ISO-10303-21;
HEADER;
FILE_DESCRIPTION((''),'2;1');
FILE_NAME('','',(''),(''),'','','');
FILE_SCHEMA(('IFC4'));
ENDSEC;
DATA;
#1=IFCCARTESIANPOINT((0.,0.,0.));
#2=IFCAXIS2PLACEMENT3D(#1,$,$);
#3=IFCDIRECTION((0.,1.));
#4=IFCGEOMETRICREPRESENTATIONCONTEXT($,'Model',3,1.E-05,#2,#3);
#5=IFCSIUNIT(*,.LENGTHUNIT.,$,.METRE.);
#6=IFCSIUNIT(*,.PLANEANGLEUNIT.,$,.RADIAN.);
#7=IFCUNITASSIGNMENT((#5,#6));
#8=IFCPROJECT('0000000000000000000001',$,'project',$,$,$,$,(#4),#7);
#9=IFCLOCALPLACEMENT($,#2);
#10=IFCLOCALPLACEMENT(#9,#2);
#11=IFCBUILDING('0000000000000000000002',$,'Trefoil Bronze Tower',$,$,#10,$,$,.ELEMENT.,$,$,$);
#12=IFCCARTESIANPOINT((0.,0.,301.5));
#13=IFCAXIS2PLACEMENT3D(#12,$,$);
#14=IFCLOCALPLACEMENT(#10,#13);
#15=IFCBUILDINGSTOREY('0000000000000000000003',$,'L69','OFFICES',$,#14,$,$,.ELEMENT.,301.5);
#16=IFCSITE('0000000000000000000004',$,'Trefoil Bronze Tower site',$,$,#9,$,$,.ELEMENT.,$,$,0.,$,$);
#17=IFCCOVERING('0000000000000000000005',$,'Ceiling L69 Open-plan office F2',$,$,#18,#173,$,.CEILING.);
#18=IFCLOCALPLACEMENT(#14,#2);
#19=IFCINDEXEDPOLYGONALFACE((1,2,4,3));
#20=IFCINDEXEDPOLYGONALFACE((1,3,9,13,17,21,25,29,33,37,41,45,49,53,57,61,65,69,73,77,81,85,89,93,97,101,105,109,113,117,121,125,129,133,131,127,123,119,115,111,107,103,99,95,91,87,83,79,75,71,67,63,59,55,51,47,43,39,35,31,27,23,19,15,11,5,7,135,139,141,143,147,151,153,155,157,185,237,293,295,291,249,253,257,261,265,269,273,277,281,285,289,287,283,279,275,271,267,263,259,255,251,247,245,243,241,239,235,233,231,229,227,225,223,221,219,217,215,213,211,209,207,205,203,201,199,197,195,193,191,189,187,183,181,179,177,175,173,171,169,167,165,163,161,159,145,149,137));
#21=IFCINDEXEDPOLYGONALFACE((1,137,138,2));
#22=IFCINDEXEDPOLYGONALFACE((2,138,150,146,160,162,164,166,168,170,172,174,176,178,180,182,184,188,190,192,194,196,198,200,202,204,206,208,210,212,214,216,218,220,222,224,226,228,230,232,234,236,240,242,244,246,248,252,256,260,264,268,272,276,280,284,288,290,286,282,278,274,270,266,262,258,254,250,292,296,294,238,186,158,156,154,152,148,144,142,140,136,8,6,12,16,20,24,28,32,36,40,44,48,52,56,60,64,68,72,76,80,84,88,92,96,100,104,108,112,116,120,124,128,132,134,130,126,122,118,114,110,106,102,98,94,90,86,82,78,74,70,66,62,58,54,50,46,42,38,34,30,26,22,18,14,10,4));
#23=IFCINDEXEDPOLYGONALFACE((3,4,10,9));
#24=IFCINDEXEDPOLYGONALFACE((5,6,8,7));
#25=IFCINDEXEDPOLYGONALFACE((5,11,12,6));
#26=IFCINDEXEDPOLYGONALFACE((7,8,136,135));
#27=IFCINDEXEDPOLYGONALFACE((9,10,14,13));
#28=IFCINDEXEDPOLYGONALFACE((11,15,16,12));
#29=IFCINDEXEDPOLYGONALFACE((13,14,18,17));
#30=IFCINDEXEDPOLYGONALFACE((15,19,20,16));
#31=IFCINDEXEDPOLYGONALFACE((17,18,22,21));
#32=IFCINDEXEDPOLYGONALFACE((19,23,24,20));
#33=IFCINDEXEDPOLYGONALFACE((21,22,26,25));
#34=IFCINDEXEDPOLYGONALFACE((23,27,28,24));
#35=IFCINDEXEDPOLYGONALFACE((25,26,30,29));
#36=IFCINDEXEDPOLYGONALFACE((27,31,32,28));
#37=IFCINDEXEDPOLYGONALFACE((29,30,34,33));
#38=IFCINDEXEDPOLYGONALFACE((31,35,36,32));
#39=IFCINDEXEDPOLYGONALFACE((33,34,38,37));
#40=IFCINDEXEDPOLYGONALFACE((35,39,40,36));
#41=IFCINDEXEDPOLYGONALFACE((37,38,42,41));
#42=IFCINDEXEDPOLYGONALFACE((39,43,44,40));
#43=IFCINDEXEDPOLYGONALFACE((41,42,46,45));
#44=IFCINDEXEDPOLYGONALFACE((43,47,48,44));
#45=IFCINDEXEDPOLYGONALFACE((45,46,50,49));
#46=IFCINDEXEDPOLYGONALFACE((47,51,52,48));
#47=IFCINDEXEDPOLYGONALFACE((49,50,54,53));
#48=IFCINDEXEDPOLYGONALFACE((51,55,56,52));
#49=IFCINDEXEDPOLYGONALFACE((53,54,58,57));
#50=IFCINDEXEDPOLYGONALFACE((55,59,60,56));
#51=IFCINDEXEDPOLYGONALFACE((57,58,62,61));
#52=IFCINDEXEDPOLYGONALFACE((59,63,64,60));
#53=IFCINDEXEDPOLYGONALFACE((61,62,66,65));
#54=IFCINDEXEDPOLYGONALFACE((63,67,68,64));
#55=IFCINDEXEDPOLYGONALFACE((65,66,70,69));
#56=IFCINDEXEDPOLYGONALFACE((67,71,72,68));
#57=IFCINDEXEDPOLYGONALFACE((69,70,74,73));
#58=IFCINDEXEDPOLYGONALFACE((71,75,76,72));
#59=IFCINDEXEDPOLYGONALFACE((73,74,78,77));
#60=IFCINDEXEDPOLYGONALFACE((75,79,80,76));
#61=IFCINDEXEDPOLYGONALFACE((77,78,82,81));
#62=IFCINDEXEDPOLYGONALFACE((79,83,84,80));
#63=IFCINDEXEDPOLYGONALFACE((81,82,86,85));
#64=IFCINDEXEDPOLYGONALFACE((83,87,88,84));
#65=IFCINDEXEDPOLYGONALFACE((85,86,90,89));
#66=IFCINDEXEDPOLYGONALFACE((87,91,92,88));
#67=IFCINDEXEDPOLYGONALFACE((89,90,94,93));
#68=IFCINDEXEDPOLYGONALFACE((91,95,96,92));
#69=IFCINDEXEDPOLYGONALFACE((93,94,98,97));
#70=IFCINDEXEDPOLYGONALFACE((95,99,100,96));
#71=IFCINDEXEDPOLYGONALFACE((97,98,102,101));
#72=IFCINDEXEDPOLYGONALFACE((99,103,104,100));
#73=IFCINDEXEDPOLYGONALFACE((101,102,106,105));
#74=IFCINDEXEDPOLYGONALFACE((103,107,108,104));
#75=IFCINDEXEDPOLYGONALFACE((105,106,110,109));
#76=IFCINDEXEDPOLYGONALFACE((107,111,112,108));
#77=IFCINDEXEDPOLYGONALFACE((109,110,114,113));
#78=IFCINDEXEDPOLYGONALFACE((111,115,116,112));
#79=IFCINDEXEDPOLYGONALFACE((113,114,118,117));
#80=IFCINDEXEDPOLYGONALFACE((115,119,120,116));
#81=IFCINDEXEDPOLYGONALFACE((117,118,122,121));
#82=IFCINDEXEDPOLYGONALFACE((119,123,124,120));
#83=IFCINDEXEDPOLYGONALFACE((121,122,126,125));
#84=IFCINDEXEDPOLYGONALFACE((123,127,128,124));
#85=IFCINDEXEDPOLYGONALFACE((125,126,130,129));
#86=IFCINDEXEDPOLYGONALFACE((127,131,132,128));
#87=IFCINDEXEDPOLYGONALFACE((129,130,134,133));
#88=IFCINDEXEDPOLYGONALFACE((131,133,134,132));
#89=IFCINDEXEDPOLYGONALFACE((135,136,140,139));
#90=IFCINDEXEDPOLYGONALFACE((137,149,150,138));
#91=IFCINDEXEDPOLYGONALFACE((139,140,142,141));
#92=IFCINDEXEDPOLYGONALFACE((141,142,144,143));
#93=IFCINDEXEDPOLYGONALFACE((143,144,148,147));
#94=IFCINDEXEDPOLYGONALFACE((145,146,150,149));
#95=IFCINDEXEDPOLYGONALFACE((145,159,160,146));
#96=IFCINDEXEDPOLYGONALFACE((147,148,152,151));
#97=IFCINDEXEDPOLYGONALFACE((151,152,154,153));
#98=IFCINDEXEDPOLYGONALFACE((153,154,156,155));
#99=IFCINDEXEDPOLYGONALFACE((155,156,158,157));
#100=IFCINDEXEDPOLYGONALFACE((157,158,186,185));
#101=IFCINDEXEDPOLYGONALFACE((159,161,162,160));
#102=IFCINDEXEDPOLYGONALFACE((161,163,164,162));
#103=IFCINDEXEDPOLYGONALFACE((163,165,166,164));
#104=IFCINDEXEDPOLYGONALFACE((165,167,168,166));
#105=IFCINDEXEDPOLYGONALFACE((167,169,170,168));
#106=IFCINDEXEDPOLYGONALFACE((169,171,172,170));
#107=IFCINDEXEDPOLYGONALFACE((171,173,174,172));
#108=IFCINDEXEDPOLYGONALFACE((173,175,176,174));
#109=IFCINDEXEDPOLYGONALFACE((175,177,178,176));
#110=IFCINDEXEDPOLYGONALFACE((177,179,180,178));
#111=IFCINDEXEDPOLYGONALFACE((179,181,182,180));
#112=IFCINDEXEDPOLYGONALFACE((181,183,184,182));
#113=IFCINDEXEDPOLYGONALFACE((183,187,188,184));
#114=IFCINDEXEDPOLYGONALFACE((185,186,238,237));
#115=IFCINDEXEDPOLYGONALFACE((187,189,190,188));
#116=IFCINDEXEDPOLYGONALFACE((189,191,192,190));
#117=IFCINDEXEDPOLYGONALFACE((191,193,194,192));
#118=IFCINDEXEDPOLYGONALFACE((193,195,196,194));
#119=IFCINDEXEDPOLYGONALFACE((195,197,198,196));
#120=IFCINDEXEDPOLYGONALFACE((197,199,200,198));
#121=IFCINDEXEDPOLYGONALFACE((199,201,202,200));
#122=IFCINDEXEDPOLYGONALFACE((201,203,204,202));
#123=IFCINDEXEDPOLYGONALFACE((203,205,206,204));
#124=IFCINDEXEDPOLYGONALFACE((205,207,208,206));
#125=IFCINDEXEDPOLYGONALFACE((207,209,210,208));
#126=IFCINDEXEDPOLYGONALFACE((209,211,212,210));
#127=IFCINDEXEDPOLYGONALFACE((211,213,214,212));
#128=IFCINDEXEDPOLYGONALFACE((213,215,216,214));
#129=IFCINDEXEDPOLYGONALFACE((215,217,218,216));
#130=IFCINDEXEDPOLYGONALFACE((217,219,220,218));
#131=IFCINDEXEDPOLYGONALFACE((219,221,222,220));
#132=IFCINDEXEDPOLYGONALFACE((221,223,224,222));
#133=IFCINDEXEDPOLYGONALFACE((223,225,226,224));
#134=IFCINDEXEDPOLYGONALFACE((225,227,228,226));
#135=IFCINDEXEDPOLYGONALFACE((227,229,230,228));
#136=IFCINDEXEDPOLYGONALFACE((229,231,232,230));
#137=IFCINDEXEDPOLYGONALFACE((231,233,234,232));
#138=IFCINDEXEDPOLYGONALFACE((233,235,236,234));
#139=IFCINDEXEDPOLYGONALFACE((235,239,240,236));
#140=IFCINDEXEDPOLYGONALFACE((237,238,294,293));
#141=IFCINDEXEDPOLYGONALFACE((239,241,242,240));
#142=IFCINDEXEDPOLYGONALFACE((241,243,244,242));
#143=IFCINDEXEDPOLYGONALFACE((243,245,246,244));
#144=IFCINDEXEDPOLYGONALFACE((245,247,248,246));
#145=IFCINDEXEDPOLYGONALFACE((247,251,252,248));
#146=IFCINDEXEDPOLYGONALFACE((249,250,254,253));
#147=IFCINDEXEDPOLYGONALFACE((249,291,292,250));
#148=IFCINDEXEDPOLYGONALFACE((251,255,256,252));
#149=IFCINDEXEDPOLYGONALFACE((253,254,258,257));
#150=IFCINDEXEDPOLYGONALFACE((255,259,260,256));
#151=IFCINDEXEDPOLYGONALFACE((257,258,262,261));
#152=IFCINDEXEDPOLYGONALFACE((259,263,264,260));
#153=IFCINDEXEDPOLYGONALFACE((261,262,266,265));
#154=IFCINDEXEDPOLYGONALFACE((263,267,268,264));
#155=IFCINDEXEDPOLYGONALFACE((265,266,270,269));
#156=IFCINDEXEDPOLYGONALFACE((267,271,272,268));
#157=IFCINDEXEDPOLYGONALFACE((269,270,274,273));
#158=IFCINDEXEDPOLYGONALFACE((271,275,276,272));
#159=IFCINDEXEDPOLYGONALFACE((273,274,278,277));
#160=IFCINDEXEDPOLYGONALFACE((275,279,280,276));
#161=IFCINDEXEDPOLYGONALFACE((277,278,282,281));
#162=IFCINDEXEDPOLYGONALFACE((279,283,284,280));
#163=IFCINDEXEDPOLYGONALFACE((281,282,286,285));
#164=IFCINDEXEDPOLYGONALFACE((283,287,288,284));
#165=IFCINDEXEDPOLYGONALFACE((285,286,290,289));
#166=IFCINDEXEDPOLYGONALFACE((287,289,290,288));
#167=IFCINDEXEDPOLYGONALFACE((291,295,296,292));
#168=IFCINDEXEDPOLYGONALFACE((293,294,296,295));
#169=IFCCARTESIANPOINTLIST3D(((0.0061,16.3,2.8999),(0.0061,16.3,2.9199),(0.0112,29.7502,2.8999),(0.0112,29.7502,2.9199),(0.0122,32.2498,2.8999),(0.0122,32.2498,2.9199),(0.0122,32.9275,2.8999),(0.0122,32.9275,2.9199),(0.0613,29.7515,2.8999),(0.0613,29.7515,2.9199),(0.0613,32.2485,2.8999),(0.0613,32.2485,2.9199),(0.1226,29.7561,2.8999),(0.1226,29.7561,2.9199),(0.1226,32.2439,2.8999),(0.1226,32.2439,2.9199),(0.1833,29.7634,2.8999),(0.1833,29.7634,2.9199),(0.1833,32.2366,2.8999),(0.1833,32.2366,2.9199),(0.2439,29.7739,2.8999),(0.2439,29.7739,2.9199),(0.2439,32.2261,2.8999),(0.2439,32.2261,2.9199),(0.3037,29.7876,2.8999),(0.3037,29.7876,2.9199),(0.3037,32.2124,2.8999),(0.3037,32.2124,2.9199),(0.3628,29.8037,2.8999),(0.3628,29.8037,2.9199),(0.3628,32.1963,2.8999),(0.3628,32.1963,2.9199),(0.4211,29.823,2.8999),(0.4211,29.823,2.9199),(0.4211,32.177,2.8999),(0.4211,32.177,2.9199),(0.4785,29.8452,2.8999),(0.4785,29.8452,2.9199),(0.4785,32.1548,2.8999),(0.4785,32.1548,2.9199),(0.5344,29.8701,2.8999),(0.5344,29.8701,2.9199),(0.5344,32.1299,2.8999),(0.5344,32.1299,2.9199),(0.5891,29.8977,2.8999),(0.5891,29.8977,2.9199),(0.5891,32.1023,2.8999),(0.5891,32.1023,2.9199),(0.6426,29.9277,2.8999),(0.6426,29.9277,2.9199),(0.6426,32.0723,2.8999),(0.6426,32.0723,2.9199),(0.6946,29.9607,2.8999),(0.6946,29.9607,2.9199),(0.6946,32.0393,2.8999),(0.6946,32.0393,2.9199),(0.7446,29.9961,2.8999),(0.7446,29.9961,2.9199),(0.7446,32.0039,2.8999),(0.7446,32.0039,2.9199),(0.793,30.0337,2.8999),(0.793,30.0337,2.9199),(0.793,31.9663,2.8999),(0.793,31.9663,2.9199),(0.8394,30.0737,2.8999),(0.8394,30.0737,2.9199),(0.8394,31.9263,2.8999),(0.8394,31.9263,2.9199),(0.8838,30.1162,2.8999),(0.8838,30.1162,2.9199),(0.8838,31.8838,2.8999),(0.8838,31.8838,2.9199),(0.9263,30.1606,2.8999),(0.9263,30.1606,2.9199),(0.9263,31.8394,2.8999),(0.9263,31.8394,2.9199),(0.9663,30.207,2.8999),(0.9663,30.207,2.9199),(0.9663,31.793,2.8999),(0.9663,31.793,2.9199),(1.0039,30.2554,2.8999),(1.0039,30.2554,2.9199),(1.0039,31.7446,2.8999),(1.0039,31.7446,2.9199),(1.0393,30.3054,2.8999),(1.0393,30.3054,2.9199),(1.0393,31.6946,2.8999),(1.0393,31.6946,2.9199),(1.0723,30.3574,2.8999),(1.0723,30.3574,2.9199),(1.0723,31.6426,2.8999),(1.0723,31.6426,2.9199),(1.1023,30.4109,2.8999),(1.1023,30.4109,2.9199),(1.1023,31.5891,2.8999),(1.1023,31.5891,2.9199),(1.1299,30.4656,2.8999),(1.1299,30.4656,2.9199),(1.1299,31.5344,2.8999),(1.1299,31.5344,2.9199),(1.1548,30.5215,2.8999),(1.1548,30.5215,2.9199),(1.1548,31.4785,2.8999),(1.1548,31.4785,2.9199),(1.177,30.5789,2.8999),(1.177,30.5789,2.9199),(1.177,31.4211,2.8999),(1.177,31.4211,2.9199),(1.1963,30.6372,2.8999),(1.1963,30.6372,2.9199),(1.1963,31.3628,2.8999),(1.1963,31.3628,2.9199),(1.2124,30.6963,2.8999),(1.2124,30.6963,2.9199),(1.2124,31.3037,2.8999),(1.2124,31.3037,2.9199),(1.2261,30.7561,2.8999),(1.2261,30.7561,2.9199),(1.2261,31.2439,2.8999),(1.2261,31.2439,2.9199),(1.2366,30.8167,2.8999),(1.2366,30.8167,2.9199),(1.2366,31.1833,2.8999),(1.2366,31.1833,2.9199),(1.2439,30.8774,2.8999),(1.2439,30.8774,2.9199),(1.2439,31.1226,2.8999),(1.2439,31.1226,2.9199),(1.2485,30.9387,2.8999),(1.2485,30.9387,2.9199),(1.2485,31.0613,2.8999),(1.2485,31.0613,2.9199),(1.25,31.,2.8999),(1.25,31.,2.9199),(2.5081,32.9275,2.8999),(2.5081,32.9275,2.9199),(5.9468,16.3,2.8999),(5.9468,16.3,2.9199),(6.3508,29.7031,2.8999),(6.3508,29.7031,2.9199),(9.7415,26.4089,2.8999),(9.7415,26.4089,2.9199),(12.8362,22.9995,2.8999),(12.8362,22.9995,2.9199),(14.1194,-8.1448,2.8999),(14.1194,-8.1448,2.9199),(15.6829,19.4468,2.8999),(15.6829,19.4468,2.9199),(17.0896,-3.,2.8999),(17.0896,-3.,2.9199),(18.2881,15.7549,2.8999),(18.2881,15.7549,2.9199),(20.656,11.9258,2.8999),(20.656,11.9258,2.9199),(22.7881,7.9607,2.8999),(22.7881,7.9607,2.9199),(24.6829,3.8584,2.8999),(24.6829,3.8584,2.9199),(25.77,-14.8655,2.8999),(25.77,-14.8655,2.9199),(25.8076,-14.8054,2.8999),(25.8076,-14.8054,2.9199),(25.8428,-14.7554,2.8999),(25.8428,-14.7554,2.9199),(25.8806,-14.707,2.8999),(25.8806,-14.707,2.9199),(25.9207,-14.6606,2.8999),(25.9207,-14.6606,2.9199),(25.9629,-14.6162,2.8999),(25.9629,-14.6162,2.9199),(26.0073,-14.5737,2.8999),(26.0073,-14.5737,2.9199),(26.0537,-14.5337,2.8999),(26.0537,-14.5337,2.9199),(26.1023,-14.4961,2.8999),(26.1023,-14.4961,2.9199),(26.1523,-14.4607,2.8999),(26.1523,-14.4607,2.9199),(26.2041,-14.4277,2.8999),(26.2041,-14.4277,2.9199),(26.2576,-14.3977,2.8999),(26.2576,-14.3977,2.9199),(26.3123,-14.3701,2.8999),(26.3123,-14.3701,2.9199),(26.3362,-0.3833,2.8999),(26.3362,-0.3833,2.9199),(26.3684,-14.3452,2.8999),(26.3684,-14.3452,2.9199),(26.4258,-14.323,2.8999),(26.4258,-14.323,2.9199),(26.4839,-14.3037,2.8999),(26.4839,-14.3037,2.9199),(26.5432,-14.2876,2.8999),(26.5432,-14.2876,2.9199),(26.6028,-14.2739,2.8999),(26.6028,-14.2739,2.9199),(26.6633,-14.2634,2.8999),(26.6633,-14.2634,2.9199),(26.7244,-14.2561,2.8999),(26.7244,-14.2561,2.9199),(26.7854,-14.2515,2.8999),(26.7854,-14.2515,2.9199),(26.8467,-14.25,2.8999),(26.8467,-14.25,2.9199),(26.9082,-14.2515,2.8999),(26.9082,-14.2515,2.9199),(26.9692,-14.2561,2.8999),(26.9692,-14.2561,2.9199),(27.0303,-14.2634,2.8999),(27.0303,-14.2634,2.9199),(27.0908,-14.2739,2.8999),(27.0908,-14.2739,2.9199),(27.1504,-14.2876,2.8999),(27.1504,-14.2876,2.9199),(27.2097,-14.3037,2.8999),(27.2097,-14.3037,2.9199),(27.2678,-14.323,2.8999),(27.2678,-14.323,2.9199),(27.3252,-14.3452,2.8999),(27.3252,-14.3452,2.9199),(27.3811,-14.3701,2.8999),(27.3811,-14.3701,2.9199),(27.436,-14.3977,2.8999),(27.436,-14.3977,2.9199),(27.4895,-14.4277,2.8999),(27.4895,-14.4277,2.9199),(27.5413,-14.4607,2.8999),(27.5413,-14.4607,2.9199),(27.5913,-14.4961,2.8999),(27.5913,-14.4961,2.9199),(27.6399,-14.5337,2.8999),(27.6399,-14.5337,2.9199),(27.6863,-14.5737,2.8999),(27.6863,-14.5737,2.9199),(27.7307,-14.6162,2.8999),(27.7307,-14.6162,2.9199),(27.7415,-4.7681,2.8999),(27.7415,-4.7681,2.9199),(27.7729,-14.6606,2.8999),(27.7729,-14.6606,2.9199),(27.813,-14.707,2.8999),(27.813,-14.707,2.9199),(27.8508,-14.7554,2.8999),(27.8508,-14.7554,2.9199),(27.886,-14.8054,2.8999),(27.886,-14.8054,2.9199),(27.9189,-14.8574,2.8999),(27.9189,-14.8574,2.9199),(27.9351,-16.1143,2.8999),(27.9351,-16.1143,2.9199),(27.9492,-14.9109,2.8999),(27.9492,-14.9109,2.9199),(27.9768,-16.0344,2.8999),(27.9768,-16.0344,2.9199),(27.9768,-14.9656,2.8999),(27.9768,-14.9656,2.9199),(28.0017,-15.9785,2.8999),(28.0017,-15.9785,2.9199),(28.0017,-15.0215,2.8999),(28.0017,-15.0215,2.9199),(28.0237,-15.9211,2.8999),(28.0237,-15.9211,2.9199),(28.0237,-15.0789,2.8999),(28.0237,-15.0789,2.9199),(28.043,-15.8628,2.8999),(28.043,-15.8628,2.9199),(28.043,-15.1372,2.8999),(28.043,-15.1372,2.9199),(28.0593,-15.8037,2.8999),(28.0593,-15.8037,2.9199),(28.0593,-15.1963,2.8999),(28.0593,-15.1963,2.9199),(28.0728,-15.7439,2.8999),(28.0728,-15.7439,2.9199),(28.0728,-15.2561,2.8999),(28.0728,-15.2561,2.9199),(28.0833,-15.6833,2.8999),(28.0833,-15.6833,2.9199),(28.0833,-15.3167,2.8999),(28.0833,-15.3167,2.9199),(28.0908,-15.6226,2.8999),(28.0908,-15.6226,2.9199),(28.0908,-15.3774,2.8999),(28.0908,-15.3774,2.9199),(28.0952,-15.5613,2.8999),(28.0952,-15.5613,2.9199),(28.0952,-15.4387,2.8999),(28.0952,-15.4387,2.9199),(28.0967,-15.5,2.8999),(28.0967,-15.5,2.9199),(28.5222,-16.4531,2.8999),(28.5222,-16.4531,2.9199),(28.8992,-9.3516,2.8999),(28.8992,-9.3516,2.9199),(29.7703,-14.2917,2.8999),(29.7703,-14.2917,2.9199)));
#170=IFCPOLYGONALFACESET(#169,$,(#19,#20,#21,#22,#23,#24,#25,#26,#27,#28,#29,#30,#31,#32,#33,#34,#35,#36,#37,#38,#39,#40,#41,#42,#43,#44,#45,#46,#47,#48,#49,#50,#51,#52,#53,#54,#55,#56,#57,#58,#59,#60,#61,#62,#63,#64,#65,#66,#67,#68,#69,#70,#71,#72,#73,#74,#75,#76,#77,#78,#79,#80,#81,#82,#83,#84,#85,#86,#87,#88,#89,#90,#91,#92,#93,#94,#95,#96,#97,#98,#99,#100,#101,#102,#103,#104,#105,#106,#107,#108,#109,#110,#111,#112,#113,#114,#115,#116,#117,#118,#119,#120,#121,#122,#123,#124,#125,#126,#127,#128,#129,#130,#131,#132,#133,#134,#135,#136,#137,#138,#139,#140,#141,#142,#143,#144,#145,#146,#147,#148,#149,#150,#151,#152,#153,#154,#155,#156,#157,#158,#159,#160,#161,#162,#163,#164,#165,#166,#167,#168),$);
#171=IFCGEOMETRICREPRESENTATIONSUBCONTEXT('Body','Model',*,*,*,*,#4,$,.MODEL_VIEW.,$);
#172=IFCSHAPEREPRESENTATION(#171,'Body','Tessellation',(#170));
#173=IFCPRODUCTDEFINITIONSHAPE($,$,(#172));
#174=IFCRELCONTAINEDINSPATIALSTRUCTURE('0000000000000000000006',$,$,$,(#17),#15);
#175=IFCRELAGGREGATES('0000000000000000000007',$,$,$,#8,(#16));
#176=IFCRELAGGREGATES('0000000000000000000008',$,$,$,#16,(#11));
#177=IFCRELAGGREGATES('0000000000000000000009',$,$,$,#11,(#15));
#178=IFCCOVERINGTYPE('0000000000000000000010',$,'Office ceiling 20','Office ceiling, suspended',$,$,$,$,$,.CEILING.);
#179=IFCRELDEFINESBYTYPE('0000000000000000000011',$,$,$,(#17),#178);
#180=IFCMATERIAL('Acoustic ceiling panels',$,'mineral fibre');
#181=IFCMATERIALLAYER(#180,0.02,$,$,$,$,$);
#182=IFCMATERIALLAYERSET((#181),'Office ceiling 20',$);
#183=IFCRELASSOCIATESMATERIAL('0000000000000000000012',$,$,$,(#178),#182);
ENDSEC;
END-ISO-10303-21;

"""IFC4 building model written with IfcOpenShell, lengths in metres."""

from ifc_helpers import new_model, si_unit, direction, frame, origin, place, context, subcontext, project, spatial, polyline, outline, extrude, material, layer, layer_set, type_object, element, save


model = new_model("IFC4")

# Units and contexts
model_context = context("Model", 3, precision=1e-05, world=origin(), true_north=direction((0.0, 1.0)))
body_context = subcontext(model_context, "Body", "Model", "MODEL_VIEW")
ifc_project = project(units=[si_unit("LENGTHUNIT", "METRE"), si_unit("PLANEANGLEUNIT", "RADIAN")], contexts=[model_context])

# Site, building, storey
site_placement = place(None, origin())
site = spatial("IfcSite", under=ifc_project, at=site_placement, Name="Trefoil Bronze Tower site", CompositionType="ELEMENT", RefElevation=0.0)
building_placement = place(site_placement, origin())
building = spatial("IfcBuilding", under=site, at=building_placement, Name="Trefoil Bronze Tower", CompositionType="ELEMENT")
storey_placement = place(building_placement, frame((0.0, 0.0, 301.5)))
storey = spatial("IfcBuildingStorey", under=building, at=storey_placement, Name="L69", Description="OFFICES", CompositionType="ELEMENT", Elevation=301.5)

# Covering
ifc_material_1 = material(Name="Acoustic ceiling panels", Category="mineral fibre")
ifc_layer_1 = layer(ifc_material_1, 0.02)
ifc_layer_set_1 = layer_set([ifc_layer_1], Name="Office ceiling 20")
covering_type_1 = type_object("IfcCoveringType", Name="Office ceiling 20", Description="Office ceiling, suspended", PredefinedType="CEILING", material=ifc_layer_set_1)
covering_1_placement = place(storey_placement, frame((0.0, 0.0, 2.8999)))
element("IfcCovering", 1, at=covering_1_placement, inside=storey, type_object=covering_type_1, Name="Ceiling L69 Open-plan office F2", PredefinedType="CEILING", context=body_context, shape_type="SweptSolid", body=[
    extrude(outline(polyline([(9.7415, 26.4089), (12.8362, 22.9995), (15.6829, 19.4468), (18.2881, 15.7549), (20.656, 11.9258), (22.7881, 7.9607), (24.6829, 3.8584), (26.3362, -0.3833), (27.7415, -4.7681), (28.8992, -9.3516), (29.7703, -14.2917), (28.5222, -16.4531), (27.9351, -16.1143), (27.9768, -16.0344), (28.0017, -15.9785), (28.0237, -15.9211), (28.043, -15.8628), (28.0593, -15.8037), (28.0728, -15.7439), (28.0833, -15.6833), (28.0908, -15.6226), (28.0952, -15.5613), (28.0967, -15.5), (28.0952, -15.4387), (28.0908, -15.3774), (28.0833, -15.3167), (28.0728, -15.2561), (28.0593, -15.1963), (28.043, -15.1372), (28.0237, -15.0789), (28.0017, -15.0215), (27.9768, -14.9656), (27.9492, -14.9109), (27.9189, -14.8574), (27.886, -14.8054), (27.8508, -14.7554), (27.813, -14.707), (27.7729, -14.6606), (27.7307, -14.6162), (27.6863, -14.5737), (27.6399, -14.5337), (27.5913, -14.4961), (27.5413, -14.4607), (27.4895, -14.4277), (27.436, -14.3977), (27.3811, -14.3701), (27.3252, -14.3452), (27.2678, -14.323), (27.2097, -14.3037), (27.1504, -14.2876), (27.0908, -14.2739), (27.0303, -14.2634), (26.9692, -14.2561), (26.9082, -14.2515), (26.8467, -14.25), (26.7854, -14.2515), (26.7244, -14.2561), (26.6633, -14.2634), (26.6028, -14.2739), (26.5432, -14.2876), (26.4839, -14.3037), (26.4258, -14.323), (26.3684, -14.3452), (26.3123, -14.3701), (26.2576, -14.3977), (26.2041, -14.4277), (26.1523, -14.4607), (26.1023, -14.4961), (26.0537, -14.5337), (26.0073, -14.5737), (25.9629, -14.6162), (25.9207, -14.6606), (25.8806, -14.707), (25.8428, -14.7554), (25.8076, -14.8054), (25.77, -14.8655), (14.1194, -8.1448), (17.0896, -3.0), (5.9468, 16.3), (0.0061, 16.3), (0.0112, 29.7502), (0.0613, 29.7515), (0.1226, 29.7561), (0.1833, 29.7634), (0.2439, 29.7739), (0.3037, 29.7876), (0.3628, 29.8037), (0.4211, 29.823), (0.4785, 29.8452), (0.5344, 29.8701), (0.5891, 29.8977), (0.6426, 29.9277), (0.6946, 29.9607), (0.7446, 29.9961), (0.793, 30.0337), (0.8394, 30.0737), (0.8838, 30.1162), (0.9263, 30.1606), (0.9663, 30.207), (1.0039, 30.2554), (1.0393, 30.3054), (1.0723, 30.3574), (1.1023, 30.4109), (1.1299, 30.4656), (1.1548, 30.5215), (1.177, 30.5789), (1.1963, 30.6372), (1.2124, 30.6963), (1.2261, 30.7561), (1.2366, 30.8167), (1.2439, 30.8774), (1.2485, 30.9387), (1.25, 31.0), (1.2485, 31.0613), (1.2439, 31.1226), (1.2366, 31.1833), (1.2261, 31.2439), (1.2124, 31.3037), (1.1963, 31.3628), (1.177, 31.4211), (1.1548, 31.4785), (1.1299, 31.5344), (1.1023, 31.5891), (1.0723, 31.6426), (1.0393, 31.6946), (1.0039, 31.7446), (0.9663, 31.793), (0.9263, 31.8394), (0.8838, 31.8838), (0.8394, 31.9263), (0.793, 31.9663), (0.7446, 32.0039), (0.6946, 32.0393), (0.6426, 32.0723), (0.5891, 32.1023), (0.5344, 32.1299), (0.4785, 32.1548), (0.4211, 32.177), (0.3628, 32.1963), (0.3037, 32.2124), (0.2439, 32.2261), (0.1833, 32.2366), (0.1226, 32.2439), (0.0613, 32.2485), (0.0122, 32.2498), (0.0122, 32.9275), (2.5081, 32.9275), (6.3508, 29.7031), (9.7415, 26.4089)])), origin(), (0.0, 0.0, 1.0), 0.02),
])

save(model, "model.ifc")
